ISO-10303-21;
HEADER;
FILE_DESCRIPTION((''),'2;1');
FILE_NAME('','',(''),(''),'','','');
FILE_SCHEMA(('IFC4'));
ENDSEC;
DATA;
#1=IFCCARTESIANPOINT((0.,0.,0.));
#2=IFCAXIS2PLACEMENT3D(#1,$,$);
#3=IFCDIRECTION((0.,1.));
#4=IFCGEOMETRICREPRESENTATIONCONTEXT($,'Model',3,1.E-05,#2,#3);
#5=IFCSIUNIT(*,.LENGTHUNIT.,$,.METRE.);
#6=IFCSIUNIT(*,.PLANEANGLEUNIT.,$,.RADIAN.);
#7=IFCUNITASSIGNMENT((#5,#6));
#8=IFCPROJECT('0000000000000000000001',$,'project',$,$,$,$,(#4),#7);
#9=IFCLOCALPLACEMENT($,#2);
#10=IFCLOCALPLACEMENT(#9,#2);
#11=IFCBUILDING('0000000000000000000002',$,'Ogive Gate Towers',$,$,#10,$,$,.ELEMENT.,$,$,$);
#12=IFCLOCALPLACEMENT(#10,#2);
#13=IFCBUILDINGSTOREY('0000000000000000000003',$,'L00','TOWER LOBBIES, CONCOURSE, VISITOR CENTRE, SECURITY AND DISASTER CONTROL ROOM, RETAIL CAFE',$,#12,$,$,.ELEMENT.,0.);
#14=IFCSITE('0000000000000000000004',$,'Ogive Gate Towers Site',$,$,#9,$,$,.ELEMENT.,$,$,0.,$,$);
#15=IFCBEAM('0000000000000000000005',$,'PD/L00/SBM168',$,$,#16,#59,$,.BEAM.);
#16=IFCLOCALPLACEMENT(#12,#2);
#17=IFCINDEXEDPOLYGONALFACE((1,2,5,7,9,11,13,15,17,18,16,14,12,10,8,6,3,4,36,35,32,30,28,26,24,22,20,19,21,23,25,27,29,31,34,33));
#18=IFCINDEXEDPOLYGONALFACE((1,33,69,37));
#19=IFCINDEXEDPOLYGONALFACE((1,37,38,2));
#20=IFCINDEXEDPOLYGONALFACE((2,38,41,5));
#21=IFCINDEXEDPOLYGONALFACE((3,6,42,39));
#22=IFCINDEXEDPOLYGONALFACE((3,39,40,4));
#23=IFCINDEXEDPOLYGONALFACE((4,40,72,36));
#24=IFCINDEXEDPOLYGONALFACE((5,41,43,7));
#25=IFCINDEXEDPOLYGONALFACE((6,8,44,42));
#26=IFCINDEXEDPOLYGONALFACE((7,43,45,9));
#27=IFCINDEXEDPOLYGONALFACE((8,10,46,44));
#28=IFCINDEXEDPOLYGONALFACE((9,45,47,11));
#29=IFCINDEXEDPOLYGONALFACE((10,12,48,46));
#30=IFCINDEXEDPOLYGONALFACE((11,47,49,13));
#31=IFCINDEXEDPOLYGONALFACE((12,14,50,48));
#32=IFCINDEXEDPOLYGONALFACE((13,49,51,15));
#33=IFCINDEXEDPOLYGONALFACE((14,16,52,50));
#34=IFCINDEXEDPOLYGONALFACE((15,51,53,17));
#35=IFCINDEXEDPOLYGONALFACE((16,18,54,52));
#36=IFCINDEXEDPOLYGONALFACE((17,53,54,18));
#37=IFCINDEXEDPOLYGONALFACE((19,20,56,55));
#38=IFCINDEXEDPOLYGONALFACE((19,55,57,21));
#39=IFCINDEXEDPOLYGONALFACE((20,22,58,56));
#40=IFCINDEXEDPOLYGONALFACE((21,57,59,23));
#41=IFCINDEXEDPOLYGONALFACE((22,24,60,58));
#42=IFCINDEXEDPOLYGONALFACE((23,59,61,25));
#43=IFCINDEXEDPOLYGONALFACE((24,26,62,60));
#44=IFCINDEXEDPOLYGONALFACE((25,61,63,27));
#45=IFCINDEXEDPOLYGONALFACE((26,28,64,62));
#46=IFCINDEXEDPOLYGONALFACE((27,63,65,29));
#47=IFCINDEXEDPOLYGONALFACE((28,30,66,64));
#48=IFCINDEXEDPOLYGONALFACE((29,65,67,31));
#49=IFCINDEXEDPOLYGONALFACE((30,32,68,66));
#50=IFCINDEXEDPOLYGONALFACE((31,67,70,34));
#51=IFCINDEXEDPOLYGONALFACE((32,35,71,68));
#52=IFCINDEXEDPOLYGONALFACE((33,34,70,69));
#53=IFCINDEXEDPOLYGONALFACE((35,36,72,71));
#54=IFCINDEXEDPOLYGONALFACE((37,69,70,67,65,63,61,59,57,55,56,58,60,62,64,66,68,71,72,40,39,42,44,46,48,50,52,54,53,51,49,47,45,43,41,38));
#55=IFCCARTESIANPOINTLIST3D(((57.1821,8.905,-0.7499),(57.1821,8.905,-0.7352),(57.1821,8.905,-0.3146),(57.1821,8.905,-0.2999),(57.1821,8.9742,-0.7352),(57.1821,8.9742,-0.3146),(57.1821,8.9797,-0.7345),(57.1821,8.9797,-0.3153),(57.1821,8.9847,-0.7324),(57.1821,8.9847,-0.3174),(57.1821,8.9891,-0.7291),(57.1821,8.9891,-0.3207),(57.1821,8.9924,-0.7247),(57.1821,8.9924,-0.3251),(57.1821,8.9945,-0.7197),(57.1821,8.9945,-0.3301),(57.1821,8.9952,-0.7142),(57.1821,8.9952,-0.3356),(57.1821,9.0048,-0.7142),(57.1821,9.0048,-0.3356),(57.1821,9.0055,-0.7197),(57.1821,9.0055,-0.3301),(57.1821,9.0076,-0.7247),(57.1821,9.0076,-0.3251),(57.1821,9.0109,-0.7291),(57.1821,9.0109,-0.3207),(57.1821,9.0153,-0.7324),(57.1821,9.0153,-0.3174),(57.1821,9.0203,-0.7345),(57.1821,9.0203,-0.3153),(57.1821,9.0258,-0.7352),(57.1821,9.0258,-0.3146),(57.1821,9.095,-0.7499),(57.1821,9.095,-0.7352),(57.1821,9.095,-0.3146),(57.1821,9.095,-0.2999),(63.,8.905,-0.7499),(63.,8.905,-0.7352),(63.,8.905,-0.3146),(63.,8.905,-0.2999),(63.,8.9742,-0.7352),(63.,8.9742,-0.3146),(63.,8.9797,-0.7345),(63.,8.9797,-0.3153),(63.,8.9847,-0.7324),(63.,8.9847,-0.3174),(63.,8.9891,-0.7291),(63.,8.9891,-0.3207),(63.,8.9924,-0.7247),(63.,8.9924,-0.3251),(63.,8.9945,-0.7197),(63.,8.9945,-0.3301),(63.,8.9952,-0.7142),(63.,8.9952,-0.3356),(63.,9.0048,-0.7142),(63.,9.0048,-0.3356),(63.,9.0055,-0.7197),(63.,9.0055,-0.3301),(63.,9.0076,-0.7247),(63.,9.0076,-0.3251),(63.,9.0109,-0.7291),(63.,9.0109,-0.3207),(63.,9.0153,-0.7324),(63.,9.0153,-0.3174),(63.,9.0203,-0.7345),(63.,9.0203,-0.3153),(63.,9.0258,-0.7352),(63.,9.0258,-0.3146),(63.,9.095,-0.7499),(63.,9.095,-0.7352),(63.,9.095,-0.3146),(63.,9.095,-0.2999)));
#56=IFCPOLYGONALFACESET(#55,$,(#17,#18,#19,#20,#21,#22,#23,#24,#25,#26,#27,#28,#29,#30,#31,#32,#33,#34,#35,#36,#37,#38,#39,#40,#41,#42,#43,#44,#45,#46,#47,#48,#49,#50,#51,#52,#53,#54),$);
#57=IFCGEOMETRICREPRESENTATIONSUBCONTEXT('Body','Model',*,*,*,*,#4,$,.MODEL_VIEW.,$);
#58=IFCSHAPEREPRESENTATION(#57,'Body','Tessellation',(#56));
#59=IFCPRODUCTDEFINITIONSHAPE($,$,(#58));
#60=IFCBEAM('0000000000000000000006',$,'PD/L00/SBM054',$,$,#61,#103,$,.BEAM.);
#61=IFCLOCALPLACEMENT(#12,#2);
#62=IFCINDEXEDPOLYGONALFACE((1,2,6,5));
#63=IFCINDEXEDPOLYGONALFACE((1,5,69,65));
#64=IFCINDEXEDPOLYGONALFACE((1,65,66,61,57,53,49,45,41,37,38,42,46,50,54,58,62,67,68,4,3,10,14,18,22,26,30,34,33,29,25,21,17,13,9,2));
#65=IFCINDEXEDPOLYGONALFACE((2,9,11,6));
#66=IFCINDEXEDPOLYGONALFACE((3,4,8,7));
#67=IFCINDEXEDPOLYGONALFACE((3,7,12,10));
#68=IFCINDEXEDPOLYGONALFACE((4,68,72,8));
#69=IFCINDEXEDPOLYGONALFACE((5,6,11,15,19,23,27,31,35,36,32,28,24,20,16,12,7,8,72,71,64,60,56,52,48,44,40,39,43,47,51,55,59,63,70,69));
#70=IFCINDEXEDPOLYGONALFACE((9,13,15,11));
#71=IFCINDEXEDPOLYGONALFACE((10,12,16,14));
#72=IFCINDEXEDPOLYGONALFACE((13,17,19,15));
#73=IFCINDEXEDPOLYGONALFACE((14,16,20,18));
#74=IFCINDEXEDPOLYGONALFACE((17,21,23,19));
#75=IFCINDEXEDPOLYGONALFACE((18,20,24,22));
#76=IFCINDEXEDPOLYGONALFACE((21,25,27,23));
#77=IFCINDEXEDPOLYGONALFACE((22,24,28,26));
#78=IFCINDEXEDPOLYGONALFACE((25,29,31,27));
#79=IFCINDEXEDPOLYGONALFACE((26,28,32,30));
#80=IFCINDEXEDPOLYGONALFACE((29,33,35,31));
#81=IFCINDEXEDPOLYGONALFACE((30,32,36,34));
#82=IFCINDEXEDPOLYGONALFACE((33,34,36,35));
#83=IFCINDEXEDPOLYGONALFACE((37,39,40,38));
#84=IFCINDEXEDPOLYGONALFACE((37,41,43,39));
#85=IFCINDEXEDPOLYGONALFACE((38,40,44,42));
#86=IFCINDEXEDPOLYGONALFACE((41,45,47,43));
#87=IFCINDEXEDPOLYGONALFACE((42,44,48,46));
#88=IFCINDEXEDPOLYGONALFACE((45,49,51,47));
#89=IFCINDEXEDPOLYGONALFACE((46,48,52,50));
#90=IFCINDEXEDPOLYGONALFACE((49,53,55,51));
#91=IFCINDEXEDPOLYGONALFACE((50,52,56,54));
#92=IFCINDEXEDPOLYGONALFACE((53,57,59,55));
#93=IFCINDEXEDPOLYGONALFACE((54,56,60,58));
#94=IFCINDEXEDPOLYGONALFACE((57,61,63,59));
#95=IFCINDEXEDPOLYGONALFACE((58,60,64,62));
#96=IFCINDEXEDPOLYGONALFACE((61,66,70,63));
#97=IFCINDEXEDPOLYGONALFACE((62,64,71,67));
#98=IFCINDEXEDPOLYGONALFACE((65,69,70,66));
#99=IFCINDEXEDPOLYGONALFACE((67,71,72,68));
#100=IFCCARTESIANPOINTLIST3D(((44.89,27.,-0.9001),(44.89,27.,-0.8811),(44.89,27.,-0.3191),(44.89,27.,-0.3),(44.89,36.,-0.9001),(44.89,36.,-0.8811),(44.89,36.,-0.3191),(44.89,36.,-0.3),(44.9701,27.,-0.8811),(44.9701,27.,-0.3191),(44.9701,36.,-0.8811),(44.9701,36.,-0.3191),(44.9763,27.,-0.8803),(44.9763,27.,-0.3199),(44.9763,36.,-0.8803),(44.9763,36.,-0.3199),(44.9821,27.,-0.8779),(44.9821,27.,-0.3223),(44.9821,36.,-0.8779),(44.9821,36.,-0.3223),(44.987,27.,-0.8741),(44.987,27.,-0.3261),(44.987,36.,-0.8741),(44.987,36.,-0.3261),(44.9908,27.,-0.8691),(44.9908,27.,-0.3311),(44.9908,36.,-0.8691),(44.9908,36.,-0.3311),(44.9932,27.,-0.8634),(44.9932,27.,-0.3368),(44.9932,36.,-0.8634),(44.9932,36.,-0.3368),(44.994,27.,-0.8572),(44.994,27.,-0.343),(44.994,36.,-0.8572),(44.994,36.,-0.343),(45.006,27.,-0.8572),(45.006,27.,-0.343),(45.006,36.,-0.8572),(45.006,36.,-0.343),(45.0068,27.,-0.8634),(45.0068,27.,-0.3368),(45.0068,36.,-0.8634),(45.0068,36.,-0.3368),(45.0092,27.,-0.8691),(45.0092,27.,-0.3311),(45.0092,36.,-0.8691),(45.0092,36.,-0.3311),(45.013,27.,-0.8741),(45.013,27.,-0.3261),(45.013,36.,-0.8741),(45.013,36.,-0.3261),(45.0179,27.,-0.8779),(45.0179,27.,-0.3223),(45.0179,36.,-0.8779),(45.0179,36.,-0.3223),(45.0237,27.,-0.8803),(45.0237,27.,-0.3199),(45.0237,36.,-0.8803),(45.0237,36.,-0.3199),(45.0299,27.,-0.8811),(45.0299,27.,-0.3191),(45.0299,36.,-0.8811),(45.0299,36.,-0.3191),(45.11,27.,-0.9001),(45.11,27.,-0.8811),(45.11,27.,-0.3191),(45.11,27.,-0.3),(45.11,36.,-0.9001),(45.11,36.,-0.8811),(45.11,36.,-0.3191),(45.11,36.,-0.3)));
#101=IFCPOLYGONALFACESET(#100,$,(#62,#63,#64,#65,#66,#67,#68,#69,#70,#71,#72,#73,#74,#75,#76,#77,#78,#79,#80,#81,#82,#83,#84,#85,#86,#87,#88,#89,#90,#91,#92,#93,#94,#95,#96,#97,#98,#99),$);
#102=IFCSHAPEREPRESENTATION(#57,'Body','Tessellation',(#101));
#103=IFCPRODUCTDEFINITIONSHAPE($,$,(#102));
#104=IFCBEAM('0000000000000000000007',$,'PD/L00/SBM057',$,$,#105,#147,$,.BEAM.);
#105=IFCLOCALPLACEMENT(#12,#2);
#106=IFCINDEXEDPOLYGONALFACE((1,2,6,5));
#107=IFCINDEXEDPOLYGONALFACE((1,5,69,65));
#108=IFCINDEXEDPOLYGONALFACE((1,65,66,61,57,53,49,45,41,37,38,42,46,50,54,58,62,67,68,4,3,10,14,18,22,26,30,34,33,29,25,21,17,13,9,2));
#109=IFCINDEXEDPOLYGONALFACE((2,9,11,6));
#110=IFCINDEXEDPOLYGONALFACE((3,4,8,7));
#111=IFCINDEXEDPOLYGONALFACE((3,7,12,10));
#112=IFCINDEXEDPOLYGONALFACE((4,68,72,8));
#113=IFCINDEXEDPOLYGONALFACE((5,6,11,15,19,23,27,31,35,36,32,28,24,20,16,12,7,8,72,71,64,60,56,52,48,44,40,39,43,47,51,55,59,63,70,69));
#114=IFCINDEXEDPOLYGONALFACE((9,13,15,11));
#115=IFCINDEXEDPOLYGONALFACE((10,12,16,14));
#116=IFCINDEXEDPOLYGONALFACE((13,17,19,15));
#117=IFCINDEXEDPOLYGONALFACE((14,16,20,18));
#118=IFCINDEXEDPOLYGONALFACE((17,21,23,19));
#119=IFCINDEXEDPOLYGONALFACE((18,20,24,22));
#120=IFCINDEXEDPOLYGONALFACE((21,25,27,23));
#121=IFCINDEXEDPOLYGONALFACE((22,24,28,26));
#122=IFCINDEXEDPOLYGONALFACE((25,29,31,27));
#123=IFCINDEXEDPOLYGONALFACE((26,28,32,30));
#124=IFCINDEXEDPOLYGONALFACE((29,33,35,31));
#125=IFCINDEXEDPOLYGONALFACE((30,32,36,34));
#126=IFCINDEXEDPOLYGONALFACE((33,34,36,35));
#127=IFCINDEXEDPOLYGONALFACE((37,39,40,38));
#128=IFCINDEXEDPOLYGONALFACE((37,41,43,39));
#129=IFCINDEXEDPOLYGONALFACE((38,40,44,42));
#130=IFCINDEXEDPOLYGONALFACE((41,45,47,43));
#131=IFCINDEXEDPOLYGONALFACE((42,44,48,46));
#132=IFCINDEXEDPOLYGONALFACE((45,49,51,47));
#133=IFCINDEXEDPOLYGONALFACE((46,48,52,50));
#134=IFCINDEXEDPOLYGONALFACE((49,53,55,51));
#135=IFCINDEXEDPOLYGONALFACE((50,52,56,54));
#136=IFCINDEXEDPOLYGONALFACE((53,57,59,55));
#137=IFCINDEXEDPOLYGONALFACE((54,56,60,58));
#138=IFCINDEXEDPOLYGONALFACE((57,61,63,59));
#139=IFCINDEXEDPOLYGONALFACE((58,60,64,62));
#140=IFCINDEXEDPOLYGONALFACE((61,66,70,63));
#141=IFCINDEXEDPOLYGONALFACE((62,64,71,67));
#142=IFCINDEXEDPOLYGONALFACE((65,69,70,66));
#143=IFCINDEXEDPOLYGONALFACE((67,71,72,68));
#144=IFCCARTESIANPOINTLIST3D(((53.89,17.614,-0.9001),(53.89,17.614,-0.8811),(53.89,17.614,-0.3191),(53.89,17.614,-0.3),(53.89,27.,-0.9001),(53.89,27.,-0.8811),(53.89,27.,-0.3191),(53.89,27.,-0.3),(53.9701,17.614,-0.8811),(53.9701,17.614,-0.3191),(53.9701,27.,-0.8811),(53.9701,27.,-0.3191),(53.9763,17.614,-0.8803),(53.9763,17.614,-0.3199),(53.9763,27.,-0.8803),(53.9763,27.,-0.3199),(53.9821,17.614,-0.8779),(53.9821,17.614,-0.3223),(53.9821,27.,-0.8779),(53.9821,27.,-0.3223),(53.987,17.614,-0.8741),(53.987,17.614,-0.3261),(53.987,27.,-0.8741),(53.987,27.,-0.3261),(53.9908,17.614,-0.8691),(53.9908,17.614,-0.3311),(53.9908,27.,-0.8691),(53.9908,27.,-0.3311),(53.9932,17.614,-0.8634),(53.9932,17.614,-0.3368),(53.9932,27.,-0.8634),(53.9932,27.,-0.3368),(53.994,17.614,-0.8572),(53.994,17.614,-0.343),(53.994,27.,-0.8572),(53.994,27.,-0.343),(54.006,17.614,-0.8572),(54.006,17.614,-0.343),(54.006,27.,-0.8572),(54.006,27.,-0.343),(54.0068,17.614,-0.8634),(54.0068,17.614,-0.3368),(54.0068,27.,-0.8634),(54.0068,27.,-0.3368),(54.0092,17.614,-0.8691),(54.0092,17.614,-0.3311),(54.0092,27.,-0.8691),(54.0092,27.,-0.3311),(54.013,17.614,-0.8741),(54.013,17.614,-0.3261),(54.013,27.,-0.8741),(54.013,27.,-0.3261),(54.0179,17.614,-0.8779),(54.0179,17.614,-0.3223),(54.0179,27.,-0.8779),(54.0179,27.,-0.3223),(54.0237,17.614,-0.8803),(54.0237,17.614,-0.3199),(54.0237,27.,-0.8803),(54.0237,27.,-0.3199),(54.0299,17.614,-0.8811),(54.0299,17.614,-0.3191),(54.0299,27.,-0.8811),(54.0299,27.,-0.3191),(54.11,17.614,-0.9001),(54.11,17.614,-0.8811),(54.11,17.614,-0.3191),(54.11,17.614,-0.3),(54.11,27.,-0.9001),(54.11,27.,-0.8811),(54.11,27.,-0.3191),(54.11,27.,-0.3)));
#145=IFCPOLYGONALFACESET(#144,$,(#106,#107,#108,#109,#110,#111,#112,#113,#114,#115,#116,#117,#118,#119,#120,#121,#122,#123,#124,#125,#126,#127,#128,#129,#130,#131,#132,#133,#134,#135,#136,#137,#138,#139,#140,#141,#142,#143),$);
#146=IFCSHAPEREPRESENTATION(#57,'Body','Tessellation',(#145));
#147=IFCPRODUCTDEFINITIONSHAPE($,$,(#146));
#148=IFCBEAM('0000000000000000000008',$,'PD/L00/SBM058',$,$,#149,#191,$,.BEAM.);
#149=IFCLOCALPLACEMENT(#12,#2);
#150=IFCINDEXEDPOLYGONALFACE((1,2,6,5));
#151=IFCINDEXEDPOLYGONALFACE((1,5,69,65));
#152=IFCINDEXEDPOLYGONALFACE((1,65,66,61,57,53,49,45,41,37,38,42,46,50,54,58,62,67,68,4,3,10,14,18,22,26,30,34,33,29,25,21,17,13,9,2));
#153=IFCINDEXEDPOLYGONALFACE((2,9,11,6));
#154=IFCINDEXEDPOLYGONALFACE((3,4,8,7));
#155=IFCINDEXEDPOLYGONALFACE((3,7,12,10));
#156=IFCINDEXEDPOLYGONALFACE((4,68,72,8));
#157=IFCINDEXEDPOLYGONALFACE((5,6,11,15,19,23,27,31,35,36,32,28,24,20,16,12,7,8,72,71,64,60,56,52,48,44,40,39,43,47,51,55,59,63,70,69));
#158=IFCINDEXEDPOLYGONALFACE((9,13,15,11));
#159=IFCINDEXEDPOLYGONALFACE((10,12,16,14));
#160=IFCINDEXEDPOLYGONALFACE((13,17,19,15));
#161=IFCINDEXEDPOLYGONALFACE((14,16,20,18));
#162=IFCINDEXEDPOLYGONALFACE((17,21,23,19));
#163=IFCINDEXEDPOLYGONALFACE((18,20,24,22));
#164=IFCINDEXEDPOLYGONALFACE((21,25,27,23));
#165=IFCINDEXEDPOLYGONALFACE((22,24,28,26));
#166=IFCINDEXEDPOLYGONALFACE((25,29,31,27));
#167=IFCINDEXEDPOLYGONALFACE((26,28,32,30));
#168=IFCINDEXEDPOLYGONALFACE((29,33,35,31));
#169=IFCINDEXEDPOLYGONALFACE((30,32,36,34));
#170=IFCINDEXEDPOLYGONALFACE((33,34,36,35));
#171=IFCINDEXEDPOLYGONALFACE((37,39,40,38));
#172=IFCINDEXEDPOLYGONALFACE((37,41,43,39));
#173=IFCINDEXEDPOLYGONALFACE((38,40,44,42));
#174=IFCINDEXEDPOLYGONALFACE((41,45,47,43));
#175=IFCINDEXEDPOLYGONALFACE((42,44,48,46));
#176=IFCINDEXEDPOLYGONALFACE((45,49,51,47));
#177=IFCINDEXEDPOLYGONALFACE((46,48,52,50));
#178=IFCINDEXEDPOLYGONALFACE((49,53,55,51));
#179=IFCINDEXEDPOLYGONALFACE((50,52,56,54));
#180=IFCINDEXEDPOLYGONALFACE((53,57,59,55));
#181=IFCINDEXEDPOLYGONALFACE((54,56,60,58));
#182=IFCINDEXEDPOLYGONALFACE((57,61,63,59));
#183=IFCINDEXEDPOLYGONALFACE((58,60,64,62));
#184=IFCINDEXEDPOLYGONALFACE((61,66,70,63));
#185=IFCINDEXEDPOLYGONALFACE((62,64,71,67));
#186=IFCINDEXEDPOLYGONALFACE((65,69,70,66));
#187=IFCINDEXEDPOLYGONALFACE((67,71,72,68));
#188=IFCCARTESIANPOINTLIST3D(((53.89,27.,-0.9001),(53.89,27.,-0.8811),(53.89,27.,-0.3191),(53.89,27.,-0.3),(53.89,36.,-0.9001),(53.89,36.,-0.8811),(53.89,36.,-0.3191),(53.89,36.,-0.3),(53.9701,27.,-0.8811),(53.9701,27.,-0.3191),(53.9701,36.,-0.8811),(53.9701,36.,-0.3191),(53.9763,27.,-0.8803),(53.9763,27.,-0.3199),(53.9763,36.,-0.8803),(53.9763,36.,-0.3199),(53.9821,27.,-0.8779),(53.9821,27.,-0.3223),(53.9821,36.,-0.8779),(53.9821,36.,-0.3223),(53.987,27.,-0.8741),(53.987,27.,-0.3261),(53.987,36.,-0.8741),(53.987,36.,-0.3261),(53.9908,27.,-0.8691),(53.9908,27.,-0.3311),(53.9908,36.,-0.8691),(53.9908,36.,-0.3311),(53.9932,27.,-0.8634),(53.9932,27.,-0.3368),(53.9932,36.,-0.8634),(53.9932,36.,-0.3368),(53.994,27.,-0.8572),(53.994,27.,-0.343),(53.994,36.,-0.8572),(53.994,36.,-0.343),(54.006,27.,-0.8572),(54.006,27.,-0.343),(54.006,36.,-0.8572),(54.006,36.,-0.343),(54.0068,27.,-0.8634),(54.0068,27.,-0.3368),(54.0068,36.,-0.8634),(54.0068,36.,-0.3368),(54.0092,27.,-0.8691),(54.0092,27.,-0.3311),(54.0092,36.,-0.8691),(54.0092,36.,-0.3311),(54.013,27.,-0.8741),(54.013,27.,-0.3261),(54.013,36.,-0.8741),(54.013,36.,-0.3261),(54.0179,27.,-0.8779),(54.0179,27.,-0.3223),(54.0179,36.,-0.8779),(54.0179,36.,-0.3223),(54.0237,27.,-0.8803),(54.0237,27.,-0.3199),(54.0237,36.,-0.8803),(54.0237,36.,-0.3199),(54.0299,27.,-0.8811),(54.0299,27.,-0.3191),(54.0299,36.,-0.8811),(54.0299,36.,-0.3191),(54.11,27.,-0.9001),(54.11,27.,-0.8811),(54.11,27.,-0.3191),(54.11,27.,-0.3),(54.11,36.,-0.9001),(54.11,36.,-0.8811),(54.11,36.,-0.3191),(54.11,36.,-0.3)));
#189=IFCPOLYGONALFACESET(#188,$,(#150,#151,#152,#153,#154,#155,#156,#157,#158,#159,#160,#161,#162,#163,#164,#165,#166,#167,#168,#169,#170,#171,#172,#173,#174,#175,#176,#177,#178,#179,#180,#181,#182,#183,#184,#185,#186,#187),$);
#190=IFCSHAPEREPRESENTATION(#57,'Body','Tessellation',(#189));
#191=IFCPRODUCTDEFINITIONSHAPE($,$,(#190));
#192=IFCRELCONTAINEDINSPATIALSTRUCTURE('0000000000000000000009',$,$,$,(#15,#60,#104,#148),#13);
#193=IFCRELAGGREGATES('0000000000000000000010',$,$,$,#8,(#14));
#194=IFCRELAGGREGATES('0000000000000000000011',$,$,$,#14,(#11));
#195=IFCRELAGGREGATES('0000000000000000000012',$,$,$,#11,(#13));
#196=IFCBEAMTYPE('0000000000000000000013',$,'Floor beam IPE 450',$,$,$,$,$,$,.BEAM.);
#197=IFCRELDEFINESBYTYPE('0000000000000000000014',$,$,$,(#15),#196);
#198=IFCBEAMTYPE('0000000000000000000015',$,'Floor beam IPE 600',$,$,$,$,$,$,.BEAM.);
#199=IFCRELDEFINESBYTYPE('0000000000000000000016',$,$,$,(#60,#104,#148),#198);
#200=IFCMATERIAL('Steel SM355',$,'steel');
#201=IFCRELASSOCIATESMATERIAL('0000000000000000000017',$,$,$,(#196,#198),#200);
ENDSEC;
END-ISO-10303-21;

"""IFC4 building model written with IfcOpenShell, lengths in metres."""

from ifc_helpers import new_model, si_unit, direction, frame, origin, origin_2d, place, context, subcontext, project, spatial, i_section, extrude, material, material_profile, profile_set, type_object, element, save


model = new_model("IFC4")

# Units and contexts
model_context = context("Model", 3, precision=1e-05, world=origin(), true_north=direction((0.0, 1.0)))
body_context = subcontext(model_context, "Body", "Model", "MODEL_VIEW")
ifc_project = project(units=[si_unit("LENGTHUNIT", "METRE"), si_unit("PLANEANGLEUNIT", "RADIAN")], contexts=[model_context])

# Site, building, storey
site_placement = place(None, origin())
site = spatial("IfcSite", under=ifc_project, at=site_placement, Name="Ogive Gate Towers Site", CompositionType="ELEMENT", RefElevation=0.0)
building_placement = place(site_placement, origin())
building = spatial("IfcBuilding", under=site, at=building_placement, Name="Ogive Gate Towers", CompositionType="ELEMENT")
storey_placement = place(building_placement, origin())
storey = spatial("IfcBuildingStorey", under=building, at=storey_placement, Name="L00", Description="TOWER LOBBIES, CONCOURSE, VISITOR CENTRE, SECURITY AND DISASTER CONTROL ROOM, RETAIL CAFE", CompositionType="ELEMENT", Elevation=0.0)

# Beams
ifc_material_1 = material(Name="Steel SM355", Category="steel")
ifc_material_profile_1 = material_profile(ifc_material_1, i_section(OverallWidth=0.1899, OverallDepth=0.45, WebThickness=0.0095, FlangeThickness=0.0146, FilletRadius=0.021, at=origin_2d()), Name="IPE 450")
ifc_profile_set_1 = profile_set([ifc_material_profile_1], Name="Steel SM355")
beam_type_1 = type_object("IfcBeamType", Name="Floor beam IPE 450", PredefinedType="BEAM", material=ifc_profile_set_1)
for number, where, z_axis, x_axis, name in (
    (1, (63.0, 9.0, -0.5249), (-1.0, 0.0, 0.0), (0.0, -1.0, 0.0), "PD/L00/SBM168"),
):
    element("IfcBeam", number, at=place(storey_placement, frame(where, z_axis=z_axis, x_axis=x_axis)), inside=storey, type_object=beam_type_1, Name=name, PredefinedType="BEAM", context=body_context, shape_type="SweptSolid", body=[
        extrude(i_section(OverallWidth=0.1899, OverallDepth=0.45, WebThickness=0.0095, FlangeThickness=0.0146, FilletRadius=0.021, at=origin_2d()), origin(), (0.0, 0.0, 1.0), 5.8179),
    ])
ifc_material_profile_2 = material_profile(ifc_material_1, i_section(OverallWidth=0.22, OverallDepth=0.6001, WebThickness=0.012, FlangeThickness=0.019, FilletRadius=0.0239, at=origin_2d()), Name="IPE 600")
ifc_profile_set_2 = profile_set([ifc_material_profile_2], Name="Steel SM355")
beam_type_2 = type_object("IfcBeamType", Name="Floor beam IPE 600", PredefinedType="BEAM", material=ifc_profile_set_2)
beam_1_placement = place(storey_placement, frame((45.0, 27.0, -0.6001), z_axis=(0.0, 1.0, 0.0), x_axis=(-1.0, 0.0, 0.0)))
element("IfcBeam", 2, at=beam_1_placement, inside=storey, type_object=beam_type_2, Name="PD/L00/SBM054", PredefinedType="BEAM", context=body_context, shape_type="SweptSolid", body=[
    extrude(i_section(OverallWidth=0.22, OverallDepth=0.6001, WebThickness=0.012, FlangeThickness=0.019, FilletRadius=0.0239, at=origin_2d()), origin(), (0.0, 0.0, 1.0), 9.0),
])
beam_2_placement = place(storey_placement, frame((54.0, 17.614, -0.6001), z_axis=(0.0, 1.0, 0.0), x_axis=(-1.0, 0.0, 0.0)))
element("IfcBeam", 3, at=beam_2_placement, inside=storey, type_object=beam_type_2, Name="PD/L00/SBM057", PredefinedType="BEAM", context=body_context, shape_type="SweptSolid", body=[
    extrude(i_section(OverallWidth=0.22, OverallDepth=0.6001, WebThickness=0.012, FlangeThickness=0.019, FilletRadius=0.0239, at=origin_2d()), origin(), (0.0, 0.0, 1.0), 9.386),
])
for number, where, z_axis, x_axis, name in (
    (4, (54.0, 27.0, -0.6001), (0.0, 1.0, 0.0), (-1.0, 0.0, 0.0), "PD/L00/SBM058"),
):
    element("IfcBeam", number, at=place(storey_placement, frame(where, z_axis=z_axis, x_axis=x_axis)), inside=storey, type_object=beam_type_2, Name=name, PredefinedType="BEAM", context=body_context, shape_type="SweptSolid", body=[
        extrude(i_section(OverallWidth=0.22, OverallDepth=0.6001, WebThickness=0.012, FlangeThickness=0.019, FilletRadius=0.0239, at=origin_2d()), origin(), (0.0, 0.0, 1.0), 9.0),
    ])

save(model, "model.ifc")
